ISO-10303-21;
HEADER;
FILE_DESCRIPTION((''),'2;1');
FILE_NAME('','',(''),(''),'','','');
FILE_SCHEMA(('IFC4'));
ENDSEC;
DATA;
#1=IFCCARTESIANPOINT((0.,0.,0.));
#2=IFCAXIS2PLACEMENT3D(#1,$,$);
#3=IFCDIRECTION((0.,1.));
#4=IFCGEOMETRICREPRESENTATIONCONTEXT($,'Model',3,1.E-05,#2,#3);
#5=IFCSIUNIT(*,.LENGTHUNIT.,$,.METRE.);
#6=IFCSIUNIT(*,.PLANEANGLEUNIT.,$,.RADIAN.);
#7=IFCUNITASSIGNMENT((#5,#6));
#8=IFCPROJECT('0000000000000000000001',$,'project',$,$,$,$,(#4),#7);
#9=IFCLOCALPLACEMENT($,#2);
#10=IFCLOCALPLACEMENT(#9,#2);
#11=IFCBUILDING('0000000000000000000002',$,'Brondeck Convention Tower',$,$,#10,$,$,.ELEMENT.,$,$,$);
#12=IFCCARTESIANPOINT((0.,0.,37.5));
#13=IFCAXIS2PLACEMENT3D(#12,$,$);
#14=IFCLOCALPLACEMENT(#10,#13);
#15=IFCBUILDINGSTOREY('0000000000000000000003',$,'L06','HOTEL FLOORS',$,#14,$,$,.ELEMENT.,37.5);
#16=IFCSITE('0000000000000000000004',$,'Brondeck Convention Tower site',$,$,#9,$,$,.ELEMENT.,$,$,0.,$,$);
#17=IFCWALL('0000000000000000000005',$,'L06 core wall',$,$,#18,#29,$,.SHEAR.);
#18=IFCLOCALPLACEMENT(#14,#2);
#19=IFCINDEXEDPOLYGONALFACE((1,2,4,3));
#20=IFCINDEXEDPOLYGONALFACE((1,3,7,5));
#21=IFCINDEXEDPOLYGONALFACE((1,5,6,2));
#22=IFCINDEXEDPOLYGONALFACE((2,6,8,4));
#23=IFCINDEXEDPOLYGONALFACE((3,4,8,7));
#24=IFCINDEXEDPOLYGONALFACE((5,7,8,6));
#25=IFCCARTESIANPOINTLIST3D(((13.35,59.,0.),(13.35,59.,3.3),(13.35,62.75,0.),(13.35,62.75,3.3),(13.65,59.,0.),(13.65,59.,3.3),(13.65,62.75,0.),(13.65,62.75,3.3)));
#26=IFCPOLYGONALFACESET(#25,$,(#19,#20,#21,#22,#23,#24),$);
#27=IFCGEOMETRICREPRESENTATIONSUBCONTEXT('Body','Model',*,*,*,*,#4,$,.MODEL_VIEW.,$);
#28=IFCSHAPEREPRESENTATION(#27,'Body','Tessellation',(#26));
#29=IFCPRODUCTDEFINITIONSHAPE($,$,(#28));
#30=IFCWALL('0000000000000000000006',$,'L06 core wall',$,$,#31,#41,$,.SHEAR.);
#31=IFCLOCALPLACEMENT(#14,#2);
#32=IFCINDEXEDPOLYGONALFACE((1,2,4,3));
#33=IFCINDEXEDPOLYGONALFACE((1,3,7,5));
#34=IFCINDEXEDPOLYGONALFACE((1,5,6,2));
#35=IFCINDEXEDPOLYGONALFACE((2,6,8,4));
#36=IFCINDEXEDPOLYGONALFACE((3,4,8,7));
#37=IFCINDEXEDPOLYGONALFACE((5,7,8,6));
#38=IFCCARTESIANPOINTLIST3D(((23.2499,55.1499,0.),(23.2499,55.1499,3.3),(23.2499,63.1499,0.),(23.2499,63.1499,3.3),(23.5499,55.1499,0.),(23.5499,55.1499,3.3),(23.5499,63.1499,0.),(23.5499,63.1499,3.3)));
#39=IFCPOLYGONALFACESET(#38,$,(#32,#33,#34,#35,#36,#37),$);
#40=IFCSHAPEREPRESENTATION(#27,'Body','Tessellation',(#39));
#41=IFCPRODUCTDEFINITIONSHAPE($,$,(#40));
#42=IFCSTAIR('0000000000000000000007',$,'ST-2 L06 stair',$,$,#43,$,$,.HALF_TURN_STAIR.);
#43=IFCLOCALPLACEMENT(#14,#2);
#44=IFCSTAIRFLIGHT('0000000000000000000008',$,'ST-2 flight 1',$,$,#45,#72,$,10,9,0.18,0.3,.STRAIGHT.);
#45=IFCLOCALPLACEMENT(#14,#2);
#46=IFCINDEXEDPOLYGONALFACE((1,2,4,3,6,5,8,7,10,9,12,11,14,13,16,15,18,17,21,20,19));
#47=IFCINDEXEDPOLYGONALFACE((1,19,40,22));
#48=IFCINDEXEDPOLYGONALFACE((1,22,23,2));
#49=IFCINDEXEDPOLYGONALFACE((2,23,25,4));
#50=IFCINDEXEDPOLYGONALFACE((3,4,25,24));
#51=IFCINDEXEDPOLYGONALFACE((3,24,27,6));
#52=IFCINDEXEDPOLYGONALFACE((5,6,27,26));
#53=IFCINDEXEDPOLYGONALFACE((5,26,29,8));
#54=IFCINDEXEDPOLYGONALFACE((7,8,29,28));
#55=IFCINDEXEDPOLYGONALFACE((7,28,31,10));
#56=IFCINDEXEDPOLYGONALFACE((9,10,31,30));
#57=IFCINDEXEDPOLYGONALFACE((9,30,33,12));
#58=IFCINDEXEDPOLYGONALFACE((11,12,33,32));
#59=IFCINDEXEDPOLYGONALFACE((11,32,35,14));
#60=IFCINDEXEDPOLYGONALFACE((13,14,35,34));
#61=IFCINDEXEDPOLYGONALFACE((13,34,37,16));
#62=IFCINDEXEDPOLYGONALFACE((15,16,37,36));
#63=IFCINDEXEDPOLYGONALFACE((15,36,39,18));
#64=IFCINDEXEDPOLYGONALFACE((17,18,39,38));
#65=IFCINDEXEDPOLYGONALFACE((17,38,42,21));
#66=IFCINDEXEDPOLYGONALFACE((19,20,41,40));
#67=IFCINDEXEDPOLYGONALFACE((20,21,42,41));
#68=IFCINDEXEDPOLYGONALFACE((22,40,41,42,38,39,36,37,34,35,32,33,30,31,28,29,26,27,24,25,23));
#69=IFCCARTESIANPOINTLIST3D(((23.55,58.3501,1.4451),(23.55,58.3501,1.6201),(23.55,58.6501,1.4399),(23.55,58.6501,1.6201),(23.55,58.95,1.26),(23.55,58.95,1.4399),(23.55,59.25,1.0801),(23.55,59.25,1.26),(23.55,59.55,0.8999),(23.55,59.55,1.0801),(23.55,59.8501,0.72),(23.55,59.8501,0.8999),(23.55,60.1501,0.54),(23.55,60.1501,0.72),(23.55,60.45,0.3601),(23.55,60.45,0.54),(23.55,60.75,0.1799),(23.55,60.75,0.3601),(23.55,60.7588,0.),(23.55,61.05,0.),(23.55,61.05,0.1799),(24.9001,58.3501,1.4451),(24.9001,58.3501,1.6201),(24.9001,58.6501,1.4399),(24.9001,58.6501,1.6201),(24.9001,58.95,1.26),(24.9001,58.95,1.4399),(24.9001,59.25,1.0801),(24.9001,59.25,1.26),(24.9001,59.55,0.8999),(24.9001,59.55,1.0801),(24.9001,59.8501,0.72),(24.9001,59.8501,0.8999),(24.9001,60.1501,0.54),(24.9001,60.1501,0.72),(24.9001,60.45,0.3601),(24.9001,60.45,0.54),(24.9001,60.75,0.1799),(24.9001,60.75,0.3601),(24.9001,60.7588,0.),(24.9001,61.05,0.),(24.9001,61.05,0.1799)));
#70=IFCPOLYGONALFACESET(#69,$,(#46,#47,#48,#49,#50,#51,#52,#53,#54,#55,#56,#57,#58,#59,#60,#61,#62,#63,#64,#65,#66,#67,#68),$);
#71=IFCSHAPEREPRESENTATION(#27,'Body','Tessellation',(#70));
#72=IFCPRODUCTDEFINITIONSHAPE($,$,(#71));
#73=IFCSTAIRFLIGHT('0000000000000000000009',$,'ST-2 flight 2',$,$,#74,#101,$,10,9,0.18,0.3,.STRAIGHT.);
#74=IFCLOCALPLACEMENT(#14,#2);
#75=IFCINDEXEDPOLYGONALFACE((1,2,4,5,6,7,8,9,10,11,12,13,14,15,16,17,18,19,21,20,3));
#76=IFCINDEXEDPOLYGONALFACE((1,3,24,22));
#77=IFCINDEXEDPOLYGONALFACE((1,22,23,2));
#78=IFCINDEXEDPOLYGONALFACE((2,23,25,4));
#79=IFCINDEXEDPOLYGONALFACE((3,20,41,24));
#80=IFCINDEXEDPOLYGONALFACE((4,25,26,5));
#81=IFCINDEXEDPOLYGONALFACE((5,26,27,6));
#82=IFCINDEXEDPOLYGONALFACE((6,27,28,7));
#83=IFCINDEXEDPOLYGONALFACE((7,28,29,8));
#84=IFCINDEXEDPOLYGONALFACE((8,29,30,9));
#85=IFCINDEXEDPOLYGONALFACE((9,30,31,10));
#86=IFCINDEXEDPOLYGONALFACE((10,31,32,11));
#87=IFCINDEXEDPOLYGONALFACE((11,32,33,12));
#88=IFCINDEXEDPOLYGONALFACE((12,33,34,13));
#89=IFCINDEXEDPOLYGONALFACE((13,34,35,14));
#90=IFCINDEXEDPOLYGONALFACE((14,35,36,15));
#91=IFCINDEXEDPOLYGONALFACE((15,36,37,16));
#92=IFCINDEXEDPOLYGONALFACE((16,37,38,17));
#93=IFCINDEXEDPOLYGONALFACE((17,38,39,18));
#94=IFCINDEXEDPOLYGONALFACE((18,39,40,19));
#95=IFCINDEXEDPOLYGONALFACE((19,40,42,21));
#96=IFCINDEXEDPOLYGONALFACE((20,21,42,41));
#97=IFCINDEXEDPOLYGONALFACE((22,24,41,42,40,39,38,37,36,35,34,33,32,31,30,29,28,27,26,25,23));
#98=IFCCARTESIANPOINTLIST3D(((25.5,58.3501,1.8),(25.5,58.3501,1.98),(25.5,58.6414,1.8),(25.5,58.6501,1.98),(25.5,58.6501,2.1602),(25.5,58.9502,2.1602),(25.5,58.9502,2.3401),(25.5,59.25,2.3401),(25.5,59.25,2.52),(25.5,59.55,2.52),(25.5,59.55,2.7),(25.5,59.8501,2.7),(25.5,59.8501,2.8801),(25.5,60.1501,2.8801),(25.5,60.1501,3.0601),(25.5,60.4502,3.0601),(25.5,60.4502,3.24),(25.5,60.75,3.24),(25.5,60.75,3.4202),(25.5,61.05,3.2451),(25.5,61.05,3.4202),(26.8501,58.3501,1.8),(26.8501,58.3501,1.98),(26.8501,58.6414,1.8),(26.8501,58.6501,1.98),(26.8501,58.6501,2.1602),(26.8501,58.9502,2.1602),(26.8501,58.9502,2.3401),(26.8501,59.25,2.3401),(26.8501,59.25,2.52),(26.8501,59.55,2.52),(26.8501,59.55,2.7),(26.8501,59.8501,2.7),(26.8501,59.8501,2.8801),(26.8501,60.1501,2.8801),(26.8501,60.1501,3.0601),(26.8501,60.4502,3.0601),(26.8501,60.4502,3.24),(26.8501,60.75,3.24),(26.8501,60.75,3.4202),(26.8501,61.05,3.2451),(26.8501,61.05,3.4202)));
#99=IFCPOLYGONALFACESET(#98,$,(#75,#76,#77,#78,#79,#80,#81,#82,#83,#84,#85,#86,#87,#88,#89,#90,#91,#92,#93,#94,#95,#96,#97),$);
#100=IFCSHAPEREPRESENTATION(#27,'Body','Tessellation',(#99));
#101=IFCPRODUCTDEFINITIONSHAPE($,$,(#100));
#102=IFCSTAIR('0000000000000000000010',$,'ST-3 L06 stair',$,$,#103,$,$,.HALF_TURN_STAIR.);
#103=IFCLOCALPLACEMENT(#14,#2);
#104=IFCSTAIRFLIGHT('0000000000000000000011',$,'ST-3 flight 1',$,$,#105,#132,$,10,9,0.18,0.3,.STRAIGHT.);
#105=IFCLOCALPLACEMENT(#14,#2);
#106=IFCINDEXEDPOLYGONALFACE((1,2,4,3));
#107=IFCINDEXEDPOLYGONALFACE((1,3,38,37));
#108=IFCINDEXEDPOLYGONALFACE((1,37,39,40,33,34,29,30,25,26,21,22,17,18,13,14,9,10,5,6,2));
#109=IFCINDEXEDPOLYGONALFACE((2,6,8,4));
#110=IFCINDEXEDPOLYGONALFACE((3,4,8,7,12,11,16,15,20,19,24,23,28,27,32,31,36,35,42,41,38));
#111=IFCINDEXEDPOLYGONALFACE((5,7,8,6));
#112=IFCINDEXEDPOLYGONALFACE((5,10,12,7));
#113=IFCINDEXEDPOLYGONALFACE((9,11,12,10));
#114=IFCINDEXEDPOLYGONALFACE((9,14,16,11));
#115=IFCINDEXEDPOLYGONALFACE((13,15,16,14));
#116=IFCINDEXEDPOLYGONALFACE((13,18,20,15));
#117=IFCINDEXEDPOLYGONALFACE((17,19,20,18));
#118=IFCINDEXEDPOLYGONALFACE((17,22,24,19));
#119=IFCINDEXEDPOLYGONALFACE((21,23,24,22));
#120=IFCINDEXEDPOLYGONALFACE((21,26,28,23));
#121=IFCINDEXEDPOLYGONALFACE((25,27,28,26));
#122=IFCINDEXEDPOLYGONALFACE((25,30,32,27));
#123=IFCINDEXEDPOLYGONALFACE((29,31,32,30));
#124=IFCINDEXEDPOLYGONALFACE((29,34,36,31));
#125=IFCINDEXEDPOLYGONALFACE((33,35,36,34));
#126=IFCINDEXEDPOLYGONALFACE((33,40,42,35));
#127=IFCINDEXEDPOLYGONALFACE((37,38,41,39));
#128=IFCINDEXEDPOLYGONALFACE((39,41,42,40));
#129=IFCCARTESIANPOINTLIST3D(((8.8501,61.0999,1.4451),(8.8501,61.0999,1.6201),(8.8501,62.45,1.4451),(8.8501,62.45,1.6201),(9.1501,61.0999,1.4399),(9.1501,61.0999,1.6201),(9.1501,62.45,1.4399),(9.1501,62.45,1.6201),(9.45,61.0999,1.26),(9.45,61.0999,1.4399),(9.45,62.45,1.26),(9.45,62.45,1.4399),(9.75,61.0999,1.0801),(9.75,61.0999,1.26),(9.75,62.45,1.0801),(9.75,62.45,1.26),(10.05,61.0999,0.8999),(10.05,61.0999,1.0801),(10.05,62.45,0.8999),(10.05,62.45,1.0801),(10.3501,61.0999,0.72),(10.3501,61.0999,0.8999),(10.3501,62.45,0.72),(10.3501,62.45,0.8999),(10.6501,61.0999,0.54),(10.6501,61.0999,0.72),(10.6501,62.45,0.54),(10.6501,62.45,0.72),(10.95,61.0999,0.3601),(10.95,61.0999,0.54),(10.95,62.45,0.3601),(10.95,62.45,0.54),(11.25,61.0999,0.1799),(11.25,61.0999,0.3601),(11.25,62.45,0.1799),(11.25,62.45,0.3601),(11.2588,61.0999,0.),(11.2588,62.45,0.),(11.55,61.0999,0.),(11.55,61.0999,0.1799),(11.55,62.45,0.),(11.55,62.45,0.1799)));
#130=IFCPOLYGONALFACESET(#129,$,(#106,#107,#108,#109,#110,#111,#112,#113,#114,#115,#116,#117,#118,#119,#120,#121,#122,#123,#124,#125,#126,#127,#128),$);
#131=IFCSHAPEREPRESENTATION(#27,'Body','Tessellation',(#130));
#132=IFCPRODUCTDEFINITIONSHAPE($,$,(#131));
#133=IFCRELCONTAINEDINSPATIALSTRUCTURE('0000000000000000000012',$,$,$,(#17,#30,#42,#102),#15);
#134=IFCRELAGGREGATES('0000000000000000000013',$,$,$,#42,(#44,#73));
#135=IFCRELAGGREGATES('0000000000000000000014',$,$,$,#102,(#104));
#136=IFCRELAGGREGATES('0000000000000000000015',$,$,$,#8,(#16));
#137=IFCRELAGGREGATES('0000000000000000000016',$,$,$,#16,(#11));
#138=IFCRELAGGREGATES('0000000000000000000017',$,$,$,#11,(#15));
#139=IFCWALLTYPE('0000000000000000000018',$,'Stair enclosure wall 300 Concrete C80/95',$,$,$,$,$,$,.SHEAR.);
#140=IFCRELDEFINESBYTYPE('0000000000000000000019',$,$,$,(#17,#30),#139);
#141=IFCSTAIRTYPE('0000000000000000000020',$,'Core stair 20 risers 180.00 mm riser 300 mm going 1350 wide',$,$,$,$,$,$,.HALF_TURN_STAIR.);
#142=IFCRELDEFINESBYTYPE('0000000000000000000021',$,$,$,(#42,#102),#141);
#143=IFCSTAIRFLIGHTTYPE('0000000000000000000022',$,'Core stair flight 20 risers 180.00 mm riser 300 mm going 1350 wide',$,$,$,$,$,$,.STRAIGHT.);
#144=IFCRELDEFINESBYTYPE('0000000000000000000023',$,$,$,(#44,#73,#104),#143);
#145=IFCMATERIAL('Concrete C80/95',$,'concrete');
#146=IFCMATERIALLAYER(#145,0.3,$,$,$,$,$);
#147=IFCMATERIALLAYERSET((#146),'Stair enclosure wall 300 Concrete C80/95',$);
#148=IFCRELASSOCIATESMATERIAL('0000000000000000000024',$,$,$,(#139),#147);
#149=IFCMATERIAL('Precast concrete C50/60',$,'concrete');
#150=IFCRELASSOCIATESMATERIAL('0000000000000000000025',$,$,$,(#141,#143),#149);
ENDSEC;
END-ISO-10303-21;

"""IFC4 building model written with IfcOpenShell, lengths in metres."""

from ifc_helpers import new_model, si_unit, direction, frame, frame_2d, origin, place, context, subcontext, project, spatial, polyline, rectangle, outline, extrude, material, layer, layer_set, type_object, element, aggregate, save


model = new_model("IFC4")

# Units and contexts
model_context = context("Model", 3, precision=1e-05, world=origin(), true_north=direction((0.0, 1.0)))
body_context = subcontext(model_context, "Body", "Model", "MODEL_VIEW")
ifc_project = project(units=[si_unit("LENGTHUNIT", "METRE"), si_unit("PLANEANGLEUNIT", "RADIAN")], contexts=[model_context])

# Site, building, storey
site_placement = place(None, origin())
site = spatial("IfcSite", under=ifc_project, at=site_placement, Name="Brondeck Convention Tower site", CompositionType="ELEMENT", RefElevation=0.0)
building_placement = place(site_placement, origin())
building = spatial("IfcBuilding", under=site, at=building_placement, Name="Brondeck Convention Tower", CompositionType="ELEMENT")
storey_placement = place(building_placement, frame((0.0, 0.0, 37.5)))
storey = spatial("IfcBuildingStorey", under=building, at=storey_placement, Name="L06", Description="HOTEL FLOORS", CompositionType="ELEMENT", Elevation=37.5)

# Shared definitions
ifc_material_1 = material(Name="Concrete C80/95", Category="concrete")

# Walls
ifc_layer_1 = layer(ifc_material_1, 0.3)
ifc_layer_set_1 = layer_set([ifc_layer_1], Name="Stair enclosure wall 300 Concrete C80/95")
wall_type_1 = type_object("IfcWallType", Name="Stair enclosure wall 300 Concrete C80/95", PredefinedType="SHEAR", material=ifc_layer_set_1)
wall_1_placement = place(storey_placement, frame((13.5, 59.0, 0.0), z_axis=(0.0, 0.0, 1.0), x_axis=(0.0, 1.0, 0.0)))
element("IfcWall", 1, at=wall_1_placement, inside=storey, type_object=wall_type_1, Name="L06 core wall", PredefinedType="SHEAR", context=body_context, shape_type="SweptSolid", body=[
    extrude(rectangle(XDim=3.75, YDim=0.3, at=frame_2d((1.875, 0.0))), origin(), (0.0, 0.0, 1.0), 3.3),
])
wall_2_placement = place(storey_placement, frame((23.3999, 55.1499, 0.0), z_axis=(0.0, 0.0, 1.0), x_axis=(0.0, 1.0, 0.0)))
element("IfcWall", 2, at=wall_2_placement, inside=storey, type_object=wall_type_1, Name="L06 core wall", PredefinedType="SHEAR", context=body_context, shape_type="SweptSolid", body=[
    extrude(rectangle(XDim=8.0, YDim=0.3, at=frame_2d((4.0, 0.0))), origin(), (0.0, 0.0, 1.0), 3.3),
])

# Stair, stair flights
ifc_material_2 = material(Name="Precast concrete C50/60", Category="concrete")
stair_type = type_object("IfcStairType", Name="Core stair 20 risers 180.00 mm riser 300 mm going 1350 wide", PredefinedType="HALF_TURN_STAIR", material=ifc_material_2)
stair_1_placement = place(storey_placement, origin())
stair_1 = element("IfcStair", 3, at=stair_1_placement, inside=storey, type_object=stair_type, Name="ST-2 L06 stair", PredefinedType="HALF_TURN_STAIR")
stair_flight_type = type_object("IfcStairFlightType", Name="Core stair flight 20 risers 180.00 mm riser 300 mm going 1350 wide", PredefinedType="STRAIGHT", material=ifc_material_2)
stair_flight_1_placement = place(storey_placement, frame((24.2251, 61.05, 0.0), z_axis=(0.0, 0.0, 1.0), x_axis=(0.0, -1.0, 0.0)))
stair_flight_1 = element("IfcStairFlight", 4, at=stair_flight_1_placement, type_object=stair_flight_type, Name="ST-2 flight 1", NumberOfRisers=10, NumberOfTreads=9, PredefinedType="STRAIGHT", RiserHeight=0.18, TreadLength=0.3, context=body_context, shape_type="SweptSolid", body=[
    extrude(outline(polyline([(0.0, 0.0), (0.0, 0.1799), (0.3, 0.1799), (0.3, 0.3601), (0.6001, 0.3601), (0.6001, 0.54), (0.8999, 0.54), (0.8999, 0.72), (1.2, 0.72), (1.2, 0.8999), (1.5, 0.8999), (1.5, 1.0801), (1.8, 1.0801), (1.8, 1.26), (2.1001, 1.26), (2.1001, 1.4399), (2.3999, 1.4399), (2.3999, 1.6201), (2.7, 1.6201), (2.7, 1.8), (2.7, 1.4451), (0.2913, 0.0), (0.0, 0.0)])), frame((0.0, 0.675, 0.0), z_axis=(0.0, -1.0, 0.0), x_axis=(1.0, 0.0, 0.0)), (0.0, 0.0, 1.0), 1.3501),
])
stair_flight_2_placement = place(storey_placement, frame((26.175, 58.3501, 1.8), z_axis=(0.0, 0.0, 1.0), x_axis=(0.0, 1.0, 0.0)))
stair_flight_2 = element("IfcStairFlight", 5, at=stair_flight_2_placement, type_object=stair_flight_type, Name="ST-2 flight 2", NumberOfRisers=10, NumberOfTreads=9, PredefinedType="STRAIGHT", RiserHeight=0.18, TreadLength=0.3, context=body_context, shape_type="SweptSolid", body=[
    extrude(outline(polyline([(0.0, 0.0), (0.0, 0.1799), (0.3, 0.1799), (0.3, 0.3601), (0.6001, 0.3601), (0.6001, 0.54), (0.8999, 0.54), (0.8999, 0.72), (1.2, 0.72), (1.2, 0.8999), (1.5, 0.8999), (1.5, 1.0801), (1.8, 1.0801), (1.8, 1.26), (2.1001, 1.26), (2.1001, 1.4399), (2.3999, 1.4399), (2.3999, 1.6201), (2.7, 1.6201), (2.7, 1.8), (2.7, 1.4451), (0.2913, 0.0), (0.0, 0.0)])), frame((0.0, 0.675, 0.0), z_axis=(0.0, -1.0, 0.0), x_axis=(1.0, 0.0, 0.0)), (0.0, 0.0, 1.0), 1.3501),
])
aggregate(stair_1, [stair_flight_1, stair_flight_2])

# Stair, stair flight
stair_2_placement = place(storey_placement, origin())
stair_2 = element("IfcStair", 6, at=stair_2_placement, inside=storey, type_object=stair_type, Name="ST-3 L06 stair", PredefinedType="HALF_TURN_STAIR")
stair_flight_3_placement = place(storey_placement, frame((11.55, 61.7749, 0.0), z_axis=(0.0, 0.0, 1.0), x_axis=(-1.0, 0.0, 0.0)))
stair_flight_3 = element("IfcStairFlight", 7, at=stair_flight_3_placement, type_object=stair_flight_type, Name="ST-3 flight 1", NumberOfRisers=10, NumberOfTreads=9, PredefinedType="STRAIGHT", RiserHeight=0.18, TreadLength=0.3, context=body_context, shape_type="SweptSolid", body=[
    extrude(outline(polyline([(0.0, 0.0), (0.0, 0.1799), (0.3, 0.1799), (0.3, 0.3601), (0.6001, 0.3601), (0.6001, 0.54), (0.8999, 0.54), (0.8999, 0.72), (1.2, 0.72), (1.2, 0.8999), (1.5, 0.8999), (1.5, 1.0801), (1.8, 1.0801), (1.8, 1.26), (2.1001, 1.26), (2.1001, 1.4399), (2.3999, 1.4399), (2.3999, 1.6201), (2.7, 1.6201), (2.7, 1.8), (2.7, 1.4451), (0.2913, 0.0), (0.0, 0.0)])), frame((0.0, 0.675, 0.0), z_axis=(0.0, -1.0, 0.0), x_axis=(1.0, 0.0, 0.0)), (0.0, 0.0, 1.0), 1.3501),
])
aggregate(stair_2, [stair_flight_3])

save(model, "model.ifc")
